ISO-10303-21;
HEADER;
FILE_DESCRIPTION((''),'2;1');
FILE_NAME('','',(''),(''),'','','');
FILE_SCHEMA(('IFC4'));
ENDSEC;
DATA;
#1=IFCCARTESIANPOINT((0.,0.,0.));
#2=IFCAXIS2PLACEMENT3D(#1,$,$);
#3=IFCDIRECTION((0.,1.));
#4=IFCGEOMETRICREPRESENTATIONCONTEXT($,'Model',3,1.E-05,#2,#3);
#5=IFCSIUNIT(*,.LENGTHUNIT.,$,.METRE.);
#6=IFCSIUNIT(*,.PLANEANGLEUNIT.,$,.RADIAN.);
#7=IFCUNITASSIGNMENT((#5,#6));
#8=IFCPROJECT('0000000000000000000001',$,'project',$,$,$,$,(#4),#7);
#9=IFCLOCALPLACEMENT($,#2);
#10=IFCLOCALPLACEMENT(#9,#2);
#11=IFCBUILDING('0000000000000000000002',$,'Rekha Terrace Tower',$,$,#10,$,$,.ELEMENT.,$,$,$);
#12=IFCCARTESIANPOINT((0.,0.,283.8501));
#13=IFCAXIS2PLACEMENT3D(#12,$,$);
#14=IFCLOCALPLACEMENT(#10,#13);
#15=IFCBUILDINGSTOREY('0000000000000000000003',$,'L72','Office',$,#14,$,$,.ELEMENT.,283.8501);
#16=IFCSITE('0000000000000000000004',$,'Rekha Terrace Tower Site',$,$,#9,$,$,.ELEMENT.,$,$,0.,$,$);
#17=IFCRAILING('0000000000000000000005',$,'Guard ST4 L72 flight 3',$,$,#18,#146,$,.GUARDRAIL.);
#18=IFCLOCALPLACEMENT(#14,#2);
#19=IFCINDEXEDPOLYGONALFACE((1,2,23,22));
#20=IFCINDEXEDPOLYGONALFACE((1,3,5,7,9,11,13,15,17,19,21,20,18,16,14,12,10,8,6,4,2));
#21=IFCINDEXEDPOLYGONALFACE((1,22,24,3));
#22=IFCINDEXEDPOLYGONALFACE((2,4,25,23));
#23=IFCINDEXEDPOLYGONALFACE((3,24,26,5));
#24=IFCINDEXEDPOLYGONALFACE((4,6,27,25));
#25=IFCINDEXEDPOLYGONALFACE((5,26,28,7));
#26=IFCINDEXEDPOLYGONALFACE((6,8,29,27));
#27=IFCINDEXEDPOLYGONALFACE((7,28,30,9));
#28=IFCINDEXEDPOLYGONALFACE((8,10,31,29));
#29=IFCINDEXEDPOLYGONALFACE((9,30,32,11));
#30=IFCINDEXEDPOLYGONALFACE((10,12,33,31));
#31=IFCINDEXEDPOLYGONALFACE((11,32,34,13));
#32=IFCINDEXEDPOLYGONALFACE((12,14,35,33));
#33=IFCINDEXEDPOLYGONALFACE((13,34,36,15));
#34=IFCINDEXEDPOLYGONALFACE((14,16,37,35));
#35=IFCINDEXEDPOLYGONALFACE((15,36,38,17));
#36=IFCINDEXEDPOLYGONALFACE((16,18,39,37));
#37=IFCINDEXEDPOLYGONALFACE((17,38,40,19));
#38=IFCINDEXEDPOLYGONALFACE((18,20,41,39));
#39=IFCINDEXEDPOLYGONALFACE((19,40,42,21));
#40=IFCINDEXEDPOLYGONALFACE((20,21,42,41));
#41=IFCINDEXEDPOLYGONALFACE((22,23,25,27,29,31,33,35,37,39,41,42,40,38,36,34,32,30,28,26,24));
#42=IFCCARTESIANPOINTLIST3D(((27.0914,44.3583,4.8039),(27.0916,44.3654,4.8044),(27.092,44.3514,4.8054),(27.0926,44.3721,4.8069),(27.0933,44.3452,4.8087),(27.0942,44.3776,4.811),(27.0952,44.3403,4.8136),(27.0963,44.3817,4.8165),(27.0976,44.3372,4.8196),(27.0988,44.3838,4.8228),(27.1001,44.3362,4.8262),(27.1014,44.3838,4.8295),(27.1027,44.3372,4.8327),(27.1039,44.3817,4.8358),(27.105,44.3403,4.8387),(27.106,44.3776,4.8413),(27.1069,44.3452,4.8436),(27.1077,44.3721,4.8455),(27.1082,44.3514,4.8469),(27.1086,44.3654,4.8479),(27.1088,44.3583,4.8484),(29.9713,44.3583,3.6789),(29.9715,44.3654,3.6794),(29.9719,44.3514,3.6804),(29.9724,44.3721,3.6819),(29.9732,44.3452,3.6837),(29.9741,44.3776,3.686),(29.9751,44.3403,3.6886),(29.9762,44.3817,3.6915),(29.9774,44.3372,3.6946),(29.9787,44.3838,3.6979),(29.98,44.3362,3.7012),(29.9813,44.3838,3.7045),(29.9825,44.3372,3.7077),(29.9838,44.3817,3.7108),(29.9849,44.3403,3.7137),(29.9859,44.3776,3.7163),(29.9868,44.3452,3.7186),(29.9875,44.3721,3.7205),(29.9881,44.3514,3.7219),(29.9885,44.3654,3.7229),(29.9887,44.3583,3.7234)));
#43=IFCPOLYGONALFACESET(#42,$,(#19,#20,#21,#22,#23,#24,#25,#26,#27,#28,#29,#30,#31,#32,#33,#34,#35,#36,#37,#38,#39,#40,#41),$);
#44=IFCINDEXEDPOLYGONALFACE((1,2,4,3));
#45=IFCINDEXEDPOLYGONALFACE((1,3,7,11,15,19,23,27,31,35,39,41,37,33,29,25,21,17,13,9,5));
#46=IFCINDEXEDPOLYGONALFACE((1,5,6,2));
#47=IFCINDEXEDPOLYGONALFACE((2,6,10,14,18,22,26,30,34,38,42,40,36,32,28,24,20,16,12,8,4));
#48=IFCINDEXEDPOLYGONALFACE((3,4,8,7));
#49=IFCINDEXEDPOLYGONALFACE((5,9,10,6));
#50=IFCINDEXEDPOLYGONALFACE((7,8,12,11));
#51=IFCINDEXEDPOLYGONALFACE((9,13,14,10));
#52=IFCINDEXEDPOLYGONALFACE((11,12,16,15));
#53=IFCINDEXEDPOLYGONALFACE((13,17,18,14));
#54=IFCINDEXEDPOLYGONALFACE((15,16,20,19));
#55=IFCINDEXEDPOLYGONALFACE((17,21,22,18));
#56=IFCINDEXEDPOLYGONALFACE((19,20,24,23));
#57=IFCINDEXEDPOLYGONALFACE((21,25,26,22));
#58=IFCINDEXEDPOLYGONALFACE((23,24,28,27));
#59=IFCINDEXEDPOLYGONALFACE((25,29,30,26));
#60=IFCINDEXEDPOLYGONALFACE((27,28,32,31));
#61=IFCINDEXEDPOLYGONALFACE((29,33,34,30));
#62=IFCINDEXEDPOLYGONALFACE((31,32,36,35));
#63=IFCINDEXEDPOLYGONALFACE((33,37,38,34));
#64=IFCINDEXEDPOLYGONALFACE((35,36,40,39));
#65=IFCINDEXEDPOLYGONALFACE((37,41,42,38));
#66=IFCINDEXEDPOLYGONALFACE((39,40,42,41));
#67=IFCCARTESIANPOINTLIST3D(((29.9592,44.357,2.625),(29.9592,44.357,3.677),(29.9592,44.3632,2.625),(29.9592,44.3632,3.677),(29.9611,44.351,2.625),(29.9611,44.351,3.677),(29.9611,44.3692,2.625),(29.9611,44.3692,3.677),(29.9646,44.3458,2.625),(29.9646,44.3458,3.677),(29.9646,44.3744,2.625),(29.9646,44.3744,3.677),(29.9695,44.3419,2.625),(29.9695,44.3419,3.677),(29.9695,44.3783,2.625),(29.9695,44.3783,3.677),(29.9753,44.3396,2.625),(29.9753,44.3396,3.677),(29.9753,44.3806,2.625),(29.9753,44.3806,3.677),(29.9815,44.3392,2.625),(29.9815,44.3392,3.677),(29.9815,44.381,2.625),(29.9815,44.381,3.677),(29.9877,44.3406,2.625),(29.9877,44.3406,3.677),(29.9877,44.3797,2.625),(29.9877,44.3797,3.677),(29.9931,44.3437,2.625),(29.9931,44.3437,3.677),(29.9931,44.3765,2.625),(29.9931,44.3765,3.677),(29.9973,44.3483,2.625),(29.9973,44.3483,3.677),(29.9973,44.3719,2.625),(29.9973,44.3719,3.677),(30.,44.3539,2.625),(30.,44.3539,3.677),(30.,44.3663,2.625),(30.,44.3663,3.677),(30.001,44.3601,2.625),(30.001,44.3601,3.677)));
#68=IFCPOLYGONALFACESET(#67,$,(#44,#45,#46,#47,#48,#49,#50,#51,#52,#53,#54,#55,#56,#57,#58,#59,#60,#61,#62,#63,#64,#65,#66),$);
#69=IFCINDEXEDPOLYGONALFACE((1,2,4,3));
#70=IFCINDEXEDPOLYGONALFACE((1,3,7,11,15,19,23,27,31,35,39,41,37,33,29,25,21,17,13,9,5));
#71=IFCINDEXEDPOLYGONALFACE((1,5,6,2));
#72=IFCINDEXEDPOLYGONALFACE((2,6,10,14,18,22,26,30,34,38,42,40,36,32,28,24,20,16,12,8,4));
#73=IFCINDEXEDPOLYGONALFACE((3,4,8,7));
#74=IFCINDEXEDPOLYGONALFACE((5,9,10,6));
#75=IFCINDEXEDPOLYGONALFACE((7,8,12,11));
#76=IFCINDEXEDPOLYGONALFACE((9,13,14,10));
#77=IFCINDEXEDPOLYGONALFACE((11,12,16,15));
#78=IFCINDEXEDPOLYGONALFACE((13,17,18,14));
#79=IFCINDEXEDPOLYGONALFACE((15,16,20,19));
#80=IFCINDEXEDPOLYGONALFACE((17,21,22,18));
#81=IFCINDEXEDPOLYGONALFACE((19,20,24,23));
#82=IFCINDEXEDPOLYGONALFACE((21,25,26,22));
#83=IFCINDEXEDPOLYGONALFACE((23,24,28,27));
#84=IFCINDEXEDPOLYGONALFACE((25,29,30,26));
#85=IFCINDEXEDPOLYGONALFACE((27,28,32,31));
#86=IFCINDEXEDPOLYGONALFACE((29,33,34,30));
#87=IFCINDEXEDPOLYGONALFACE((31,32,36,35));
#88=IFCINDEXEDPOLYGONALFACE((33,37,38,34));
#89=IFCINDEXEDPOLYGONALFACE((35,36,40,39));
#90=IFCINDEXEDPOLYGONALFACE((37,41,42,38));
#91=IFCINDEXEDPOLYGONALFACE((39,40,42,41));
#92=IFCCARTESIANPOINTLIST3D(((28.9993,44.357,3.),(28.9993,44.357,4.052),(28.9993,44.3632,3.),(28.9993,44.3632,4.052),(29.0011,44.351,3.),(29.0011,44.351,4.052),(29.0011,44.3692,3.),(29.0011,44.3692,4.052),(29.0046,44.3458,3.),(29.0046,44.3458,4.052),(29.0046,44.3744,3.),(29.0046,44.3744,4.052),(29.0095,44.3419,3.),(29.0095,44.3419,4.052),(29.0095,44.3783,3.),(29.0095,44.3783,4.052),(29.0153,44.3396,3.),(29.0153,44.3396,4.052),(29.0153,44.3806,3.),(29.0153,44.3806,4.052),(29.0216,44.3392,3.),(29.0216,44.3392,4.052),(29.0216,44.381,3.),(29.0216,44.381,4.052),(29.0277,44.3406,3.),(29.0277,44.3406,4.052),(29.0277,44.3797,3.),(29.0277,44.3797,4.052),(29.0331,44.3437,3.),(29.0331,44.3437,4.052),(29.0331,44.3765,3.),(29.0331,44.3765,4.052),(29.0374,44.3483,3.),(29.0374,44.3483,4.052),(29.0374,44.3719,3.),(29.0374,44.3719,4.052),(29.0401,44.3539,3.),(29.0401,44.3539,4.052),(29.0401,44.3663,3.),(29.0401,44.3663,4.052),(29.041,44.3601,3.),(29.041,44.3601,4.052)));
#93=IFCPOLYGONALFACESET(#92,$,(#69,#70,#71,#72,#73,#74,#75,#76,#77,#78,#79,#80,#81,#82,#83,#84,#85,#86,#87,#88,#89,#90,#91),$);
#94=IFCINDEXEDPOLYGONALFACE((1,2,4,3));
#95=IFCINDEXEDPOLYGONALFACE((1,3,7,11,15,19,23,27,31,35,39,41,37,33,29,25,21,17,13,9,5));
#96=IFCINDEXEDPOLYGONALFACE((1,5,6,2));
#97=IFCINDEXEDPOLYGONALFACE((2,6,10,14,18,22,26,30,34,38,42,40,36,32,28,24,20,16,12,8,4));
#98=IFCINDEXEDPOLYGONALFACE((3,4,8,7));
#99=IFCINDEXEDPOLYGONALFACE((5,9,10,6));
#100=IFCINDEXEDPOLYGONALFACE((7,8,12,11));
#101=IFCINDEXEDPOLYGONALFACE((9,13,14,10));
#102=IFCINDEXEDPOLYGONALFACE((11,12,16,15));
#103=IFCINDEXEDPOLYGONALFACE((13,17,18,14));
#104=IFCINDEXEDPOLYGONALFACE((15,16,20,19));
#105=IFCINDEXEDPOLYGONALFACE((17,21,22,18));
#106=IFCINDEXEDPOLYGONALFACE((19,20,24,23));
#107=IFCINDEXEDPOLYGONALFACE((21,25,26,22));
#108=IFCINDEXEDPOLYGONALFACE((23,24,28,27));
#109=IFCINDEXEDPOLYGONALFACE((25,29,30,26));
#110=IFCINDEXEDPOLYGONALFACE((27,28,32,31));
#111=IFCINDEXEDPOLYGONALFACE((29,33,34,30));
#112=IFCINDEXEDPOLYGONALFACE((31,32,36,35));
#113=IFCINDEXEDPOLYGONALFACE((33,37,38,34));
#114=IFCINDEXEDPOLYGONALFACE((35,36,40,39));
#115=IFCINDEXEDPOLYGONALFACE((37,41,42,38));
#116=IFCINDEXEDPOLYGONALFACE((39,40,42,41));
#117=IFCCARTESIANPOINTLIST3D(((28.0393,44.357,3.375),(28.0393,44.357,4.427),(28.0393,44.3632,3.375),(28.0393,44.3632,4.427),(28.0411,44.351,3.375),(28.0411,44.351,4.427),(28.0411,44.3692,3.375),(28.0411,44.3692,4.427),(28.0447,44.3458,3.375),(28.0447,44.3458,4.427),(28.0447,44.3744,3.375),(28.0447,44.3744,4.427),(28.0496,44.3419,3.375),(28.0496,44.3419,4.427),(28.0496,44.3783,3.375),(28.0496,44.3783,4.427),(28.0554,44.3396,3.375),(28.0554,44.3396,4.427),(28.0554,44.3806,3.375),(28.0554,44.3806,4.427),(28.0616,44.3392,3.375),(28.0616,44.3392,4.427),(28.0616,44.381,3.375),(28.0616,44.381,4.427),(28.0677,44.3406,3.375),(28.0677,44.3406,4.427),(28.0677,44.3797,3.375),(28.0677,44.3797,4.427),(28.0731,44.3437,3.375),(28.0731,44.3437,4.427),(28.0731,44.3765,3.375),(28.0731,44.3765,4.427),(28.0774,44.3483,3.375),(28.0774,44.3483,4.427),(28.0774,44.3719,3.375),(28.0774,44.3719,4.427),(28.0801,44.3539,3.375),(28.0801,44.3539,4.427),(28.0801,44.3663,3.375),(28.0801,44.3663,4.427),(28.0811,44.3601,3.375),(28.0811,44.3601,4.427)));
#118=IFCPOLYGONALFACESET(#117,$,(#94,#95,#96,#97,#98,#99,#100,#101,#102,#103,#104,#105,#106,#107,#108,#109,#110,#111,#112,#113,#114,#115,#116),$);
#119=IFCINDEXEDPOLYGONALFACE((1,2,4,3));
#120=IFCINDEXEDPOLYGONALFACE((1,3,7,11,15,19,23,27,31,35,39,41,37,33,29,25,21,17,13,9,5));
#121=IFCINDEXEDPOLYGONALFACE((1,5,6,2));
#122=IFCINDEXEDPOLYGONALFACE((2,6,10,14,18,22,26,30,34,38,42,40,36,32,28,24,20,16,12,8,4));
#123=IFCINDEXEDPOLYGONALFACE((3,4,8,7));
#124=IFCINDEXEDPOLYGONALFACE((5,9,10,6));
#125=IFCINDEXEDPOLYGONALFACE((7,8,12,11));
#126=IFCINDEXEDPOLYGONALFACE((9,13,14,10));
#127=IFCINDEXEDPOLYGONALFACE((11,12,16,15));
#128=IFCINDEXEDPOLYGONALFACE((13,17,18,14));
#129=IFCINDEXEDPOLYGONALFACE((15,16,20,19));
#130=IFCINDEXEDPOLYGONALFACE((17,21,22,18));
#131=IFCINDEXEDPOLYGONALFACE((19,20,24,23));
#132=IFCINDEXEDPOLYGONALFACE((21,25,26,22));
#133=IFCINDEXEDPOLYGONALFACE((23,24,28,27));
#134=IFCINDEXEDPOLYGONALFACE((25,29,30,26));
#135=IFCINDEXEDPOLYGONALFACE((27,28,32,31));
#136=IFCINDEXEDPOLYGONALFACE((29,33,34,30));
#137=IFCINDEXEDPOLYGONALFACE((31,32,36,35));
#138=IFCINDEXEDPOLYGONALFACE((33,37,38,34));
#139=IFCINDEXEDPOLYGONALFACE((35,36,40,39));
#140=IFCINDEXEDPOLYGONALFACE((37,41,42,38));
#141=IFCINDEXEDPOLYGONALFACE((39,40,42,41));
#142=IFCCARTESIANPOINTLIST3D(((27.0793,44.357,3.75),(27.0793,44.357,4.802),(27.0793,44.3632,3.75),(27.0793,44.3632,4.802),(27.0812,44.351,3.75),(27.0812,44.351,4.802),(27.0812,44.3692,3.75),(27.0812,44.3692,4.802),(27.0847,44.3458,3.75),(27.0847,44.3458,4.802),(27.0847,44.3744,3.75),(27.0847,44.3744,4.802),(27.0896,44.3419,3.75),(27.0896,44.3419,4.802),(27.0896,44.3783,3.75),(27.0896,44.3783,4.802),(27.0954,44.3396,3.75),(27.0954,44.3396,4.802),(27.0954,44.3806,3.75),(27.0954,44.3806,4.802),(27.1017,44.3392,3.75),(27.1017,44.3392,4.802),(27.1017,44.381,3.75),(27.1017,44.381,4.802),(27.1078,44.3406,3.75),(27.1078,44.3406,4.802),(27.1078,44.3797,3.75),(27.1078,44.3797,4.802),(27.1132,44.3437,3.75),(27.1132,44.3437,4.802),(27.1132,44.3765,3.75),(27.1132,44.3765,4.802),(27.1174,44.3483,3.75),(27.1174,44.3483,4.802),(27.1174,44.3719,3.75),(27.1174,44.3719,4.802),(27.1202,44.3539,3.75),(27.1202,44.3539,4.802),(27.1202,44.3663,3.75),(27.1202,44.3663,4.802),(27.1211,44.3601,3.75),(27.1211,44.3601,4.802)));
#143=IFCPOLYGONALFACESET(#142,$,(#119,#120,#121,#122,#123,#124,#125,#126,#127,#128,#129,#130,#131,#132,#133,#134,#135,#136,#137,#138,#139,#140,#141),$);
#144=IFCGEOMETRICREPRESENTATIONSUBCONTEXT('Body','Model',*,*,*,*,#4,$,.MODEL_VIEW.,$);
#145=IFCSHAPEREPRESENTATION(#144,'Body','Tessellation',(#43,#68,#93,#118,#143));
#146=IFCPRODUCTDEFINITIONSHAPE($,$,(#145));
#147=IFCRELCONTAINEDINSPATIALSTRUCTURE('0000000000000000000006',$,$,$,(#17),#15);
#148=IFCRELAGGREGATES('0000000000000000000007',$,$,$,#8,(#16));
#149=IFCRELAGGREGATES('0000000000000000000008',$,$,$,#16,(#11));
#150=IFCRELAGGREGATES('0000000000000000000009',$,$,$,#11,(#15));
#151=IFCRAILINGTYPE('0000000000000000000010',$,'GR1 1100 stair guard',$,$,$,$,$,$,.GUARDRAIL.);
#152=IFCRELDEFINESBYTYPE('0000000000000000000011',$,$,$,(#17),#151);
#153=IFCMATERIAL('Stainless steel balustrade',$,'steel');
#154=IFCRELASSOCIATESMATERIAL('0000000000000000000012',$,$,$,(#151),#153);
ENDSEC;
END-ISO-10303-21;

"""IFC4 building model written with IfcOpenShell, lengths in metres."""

from ifc_helpers import new_model, si_unit, direction, frame, origin, origin_2d, place, context, subcontext, project, spatial, circle, extrude, material, type_object, element, save


model = new_model("IFC4")

# Units and contexts
model_context = context("Model", 3, precision=1e-05, world=origin(), true_north=direction((0.0, 1.0)))
body_context = subcontext(model_context, "Body", "Model", "MODEL_VIEW")
ifc_project = project(units=[si_unit("LENGTHUNIT", "METRE"), si_unit("PLANEANGLEUNIT", "RADIAN")], contexts=[model_context])

# Site, building, storey
site_placement = place(None, origin())
site = spatial("IfcSite", under=ifc_project, at=site_placement, Name="Rekha Terrace Tower Site", CompositionType="ELEMENT", RefElevation=0.0)
building_placement = place(site_placement, origin())
building = spatial("IfcBuilding", under=site, at=building_placement, Name="Rekha Terrace Tower", CompositionType="ELEMENT")
storey_placement = place(building_placement, frame((0.0, 0.0, 283.8501)))
storey = spatial("IfcBuildingStorey", under=building, at=storey_placement, Name="L72", Description="Office", CompositionType="ELEMENT", Elevation=283.8501)

# Railing
ifc_material_1 = material(Name="Stainless steel balustrade", Category="steel")
railing_type_1 = type_object("IfcRailingType", Name="GR1 1100 stair guard", PredefinedType="GUARDRAIL", material=ifc_material_1)
railing_1_placement = place(storey_placement, frame((29.98, 44.3601, 2.625)))
element("IfcRailing", 1, at=railing_1_placement, inside=storey, type_object=railing_type_1, Name="Guard ST4 L72 flight 3", PredefinedType="GUARDRAIL", context=body_context, shape_type="SweptSolid", body=[
    extrude(circle(Radius=0.0239, at=origin_2d()), frame((0.0, 0.0, 1.0762), z_axis=(-0.931452, 0.0, 0.363863), x_axis=(0.0, -1.0, 0.0)), (0.0, 0.0, 1.0), 3.0918),
    extrude(circle(Radius=0.021, at=origin_2d()), origin(), (0.0, 0.0, 1.0), 1.052),
    extrude(circle(Radius=0.021, at=origin_2d()), frame((-0.96, 0.0, 0.375)), (0.0, 0.0, 1.0), 1.052),
    extrude(circle(Radius=0.021, at=origin_2d()), frame((-1.9199, 0.0, 0.75)), (0.0, 0.0, 1.0), 1.052),
    extrude(circle(Radius=0.021, at=origin_2d()), frame((-2.8799, 0.0, 1.125)), (0.0, 0.0, 1.0), 1.052),
])

save(model, "model.ifc")
